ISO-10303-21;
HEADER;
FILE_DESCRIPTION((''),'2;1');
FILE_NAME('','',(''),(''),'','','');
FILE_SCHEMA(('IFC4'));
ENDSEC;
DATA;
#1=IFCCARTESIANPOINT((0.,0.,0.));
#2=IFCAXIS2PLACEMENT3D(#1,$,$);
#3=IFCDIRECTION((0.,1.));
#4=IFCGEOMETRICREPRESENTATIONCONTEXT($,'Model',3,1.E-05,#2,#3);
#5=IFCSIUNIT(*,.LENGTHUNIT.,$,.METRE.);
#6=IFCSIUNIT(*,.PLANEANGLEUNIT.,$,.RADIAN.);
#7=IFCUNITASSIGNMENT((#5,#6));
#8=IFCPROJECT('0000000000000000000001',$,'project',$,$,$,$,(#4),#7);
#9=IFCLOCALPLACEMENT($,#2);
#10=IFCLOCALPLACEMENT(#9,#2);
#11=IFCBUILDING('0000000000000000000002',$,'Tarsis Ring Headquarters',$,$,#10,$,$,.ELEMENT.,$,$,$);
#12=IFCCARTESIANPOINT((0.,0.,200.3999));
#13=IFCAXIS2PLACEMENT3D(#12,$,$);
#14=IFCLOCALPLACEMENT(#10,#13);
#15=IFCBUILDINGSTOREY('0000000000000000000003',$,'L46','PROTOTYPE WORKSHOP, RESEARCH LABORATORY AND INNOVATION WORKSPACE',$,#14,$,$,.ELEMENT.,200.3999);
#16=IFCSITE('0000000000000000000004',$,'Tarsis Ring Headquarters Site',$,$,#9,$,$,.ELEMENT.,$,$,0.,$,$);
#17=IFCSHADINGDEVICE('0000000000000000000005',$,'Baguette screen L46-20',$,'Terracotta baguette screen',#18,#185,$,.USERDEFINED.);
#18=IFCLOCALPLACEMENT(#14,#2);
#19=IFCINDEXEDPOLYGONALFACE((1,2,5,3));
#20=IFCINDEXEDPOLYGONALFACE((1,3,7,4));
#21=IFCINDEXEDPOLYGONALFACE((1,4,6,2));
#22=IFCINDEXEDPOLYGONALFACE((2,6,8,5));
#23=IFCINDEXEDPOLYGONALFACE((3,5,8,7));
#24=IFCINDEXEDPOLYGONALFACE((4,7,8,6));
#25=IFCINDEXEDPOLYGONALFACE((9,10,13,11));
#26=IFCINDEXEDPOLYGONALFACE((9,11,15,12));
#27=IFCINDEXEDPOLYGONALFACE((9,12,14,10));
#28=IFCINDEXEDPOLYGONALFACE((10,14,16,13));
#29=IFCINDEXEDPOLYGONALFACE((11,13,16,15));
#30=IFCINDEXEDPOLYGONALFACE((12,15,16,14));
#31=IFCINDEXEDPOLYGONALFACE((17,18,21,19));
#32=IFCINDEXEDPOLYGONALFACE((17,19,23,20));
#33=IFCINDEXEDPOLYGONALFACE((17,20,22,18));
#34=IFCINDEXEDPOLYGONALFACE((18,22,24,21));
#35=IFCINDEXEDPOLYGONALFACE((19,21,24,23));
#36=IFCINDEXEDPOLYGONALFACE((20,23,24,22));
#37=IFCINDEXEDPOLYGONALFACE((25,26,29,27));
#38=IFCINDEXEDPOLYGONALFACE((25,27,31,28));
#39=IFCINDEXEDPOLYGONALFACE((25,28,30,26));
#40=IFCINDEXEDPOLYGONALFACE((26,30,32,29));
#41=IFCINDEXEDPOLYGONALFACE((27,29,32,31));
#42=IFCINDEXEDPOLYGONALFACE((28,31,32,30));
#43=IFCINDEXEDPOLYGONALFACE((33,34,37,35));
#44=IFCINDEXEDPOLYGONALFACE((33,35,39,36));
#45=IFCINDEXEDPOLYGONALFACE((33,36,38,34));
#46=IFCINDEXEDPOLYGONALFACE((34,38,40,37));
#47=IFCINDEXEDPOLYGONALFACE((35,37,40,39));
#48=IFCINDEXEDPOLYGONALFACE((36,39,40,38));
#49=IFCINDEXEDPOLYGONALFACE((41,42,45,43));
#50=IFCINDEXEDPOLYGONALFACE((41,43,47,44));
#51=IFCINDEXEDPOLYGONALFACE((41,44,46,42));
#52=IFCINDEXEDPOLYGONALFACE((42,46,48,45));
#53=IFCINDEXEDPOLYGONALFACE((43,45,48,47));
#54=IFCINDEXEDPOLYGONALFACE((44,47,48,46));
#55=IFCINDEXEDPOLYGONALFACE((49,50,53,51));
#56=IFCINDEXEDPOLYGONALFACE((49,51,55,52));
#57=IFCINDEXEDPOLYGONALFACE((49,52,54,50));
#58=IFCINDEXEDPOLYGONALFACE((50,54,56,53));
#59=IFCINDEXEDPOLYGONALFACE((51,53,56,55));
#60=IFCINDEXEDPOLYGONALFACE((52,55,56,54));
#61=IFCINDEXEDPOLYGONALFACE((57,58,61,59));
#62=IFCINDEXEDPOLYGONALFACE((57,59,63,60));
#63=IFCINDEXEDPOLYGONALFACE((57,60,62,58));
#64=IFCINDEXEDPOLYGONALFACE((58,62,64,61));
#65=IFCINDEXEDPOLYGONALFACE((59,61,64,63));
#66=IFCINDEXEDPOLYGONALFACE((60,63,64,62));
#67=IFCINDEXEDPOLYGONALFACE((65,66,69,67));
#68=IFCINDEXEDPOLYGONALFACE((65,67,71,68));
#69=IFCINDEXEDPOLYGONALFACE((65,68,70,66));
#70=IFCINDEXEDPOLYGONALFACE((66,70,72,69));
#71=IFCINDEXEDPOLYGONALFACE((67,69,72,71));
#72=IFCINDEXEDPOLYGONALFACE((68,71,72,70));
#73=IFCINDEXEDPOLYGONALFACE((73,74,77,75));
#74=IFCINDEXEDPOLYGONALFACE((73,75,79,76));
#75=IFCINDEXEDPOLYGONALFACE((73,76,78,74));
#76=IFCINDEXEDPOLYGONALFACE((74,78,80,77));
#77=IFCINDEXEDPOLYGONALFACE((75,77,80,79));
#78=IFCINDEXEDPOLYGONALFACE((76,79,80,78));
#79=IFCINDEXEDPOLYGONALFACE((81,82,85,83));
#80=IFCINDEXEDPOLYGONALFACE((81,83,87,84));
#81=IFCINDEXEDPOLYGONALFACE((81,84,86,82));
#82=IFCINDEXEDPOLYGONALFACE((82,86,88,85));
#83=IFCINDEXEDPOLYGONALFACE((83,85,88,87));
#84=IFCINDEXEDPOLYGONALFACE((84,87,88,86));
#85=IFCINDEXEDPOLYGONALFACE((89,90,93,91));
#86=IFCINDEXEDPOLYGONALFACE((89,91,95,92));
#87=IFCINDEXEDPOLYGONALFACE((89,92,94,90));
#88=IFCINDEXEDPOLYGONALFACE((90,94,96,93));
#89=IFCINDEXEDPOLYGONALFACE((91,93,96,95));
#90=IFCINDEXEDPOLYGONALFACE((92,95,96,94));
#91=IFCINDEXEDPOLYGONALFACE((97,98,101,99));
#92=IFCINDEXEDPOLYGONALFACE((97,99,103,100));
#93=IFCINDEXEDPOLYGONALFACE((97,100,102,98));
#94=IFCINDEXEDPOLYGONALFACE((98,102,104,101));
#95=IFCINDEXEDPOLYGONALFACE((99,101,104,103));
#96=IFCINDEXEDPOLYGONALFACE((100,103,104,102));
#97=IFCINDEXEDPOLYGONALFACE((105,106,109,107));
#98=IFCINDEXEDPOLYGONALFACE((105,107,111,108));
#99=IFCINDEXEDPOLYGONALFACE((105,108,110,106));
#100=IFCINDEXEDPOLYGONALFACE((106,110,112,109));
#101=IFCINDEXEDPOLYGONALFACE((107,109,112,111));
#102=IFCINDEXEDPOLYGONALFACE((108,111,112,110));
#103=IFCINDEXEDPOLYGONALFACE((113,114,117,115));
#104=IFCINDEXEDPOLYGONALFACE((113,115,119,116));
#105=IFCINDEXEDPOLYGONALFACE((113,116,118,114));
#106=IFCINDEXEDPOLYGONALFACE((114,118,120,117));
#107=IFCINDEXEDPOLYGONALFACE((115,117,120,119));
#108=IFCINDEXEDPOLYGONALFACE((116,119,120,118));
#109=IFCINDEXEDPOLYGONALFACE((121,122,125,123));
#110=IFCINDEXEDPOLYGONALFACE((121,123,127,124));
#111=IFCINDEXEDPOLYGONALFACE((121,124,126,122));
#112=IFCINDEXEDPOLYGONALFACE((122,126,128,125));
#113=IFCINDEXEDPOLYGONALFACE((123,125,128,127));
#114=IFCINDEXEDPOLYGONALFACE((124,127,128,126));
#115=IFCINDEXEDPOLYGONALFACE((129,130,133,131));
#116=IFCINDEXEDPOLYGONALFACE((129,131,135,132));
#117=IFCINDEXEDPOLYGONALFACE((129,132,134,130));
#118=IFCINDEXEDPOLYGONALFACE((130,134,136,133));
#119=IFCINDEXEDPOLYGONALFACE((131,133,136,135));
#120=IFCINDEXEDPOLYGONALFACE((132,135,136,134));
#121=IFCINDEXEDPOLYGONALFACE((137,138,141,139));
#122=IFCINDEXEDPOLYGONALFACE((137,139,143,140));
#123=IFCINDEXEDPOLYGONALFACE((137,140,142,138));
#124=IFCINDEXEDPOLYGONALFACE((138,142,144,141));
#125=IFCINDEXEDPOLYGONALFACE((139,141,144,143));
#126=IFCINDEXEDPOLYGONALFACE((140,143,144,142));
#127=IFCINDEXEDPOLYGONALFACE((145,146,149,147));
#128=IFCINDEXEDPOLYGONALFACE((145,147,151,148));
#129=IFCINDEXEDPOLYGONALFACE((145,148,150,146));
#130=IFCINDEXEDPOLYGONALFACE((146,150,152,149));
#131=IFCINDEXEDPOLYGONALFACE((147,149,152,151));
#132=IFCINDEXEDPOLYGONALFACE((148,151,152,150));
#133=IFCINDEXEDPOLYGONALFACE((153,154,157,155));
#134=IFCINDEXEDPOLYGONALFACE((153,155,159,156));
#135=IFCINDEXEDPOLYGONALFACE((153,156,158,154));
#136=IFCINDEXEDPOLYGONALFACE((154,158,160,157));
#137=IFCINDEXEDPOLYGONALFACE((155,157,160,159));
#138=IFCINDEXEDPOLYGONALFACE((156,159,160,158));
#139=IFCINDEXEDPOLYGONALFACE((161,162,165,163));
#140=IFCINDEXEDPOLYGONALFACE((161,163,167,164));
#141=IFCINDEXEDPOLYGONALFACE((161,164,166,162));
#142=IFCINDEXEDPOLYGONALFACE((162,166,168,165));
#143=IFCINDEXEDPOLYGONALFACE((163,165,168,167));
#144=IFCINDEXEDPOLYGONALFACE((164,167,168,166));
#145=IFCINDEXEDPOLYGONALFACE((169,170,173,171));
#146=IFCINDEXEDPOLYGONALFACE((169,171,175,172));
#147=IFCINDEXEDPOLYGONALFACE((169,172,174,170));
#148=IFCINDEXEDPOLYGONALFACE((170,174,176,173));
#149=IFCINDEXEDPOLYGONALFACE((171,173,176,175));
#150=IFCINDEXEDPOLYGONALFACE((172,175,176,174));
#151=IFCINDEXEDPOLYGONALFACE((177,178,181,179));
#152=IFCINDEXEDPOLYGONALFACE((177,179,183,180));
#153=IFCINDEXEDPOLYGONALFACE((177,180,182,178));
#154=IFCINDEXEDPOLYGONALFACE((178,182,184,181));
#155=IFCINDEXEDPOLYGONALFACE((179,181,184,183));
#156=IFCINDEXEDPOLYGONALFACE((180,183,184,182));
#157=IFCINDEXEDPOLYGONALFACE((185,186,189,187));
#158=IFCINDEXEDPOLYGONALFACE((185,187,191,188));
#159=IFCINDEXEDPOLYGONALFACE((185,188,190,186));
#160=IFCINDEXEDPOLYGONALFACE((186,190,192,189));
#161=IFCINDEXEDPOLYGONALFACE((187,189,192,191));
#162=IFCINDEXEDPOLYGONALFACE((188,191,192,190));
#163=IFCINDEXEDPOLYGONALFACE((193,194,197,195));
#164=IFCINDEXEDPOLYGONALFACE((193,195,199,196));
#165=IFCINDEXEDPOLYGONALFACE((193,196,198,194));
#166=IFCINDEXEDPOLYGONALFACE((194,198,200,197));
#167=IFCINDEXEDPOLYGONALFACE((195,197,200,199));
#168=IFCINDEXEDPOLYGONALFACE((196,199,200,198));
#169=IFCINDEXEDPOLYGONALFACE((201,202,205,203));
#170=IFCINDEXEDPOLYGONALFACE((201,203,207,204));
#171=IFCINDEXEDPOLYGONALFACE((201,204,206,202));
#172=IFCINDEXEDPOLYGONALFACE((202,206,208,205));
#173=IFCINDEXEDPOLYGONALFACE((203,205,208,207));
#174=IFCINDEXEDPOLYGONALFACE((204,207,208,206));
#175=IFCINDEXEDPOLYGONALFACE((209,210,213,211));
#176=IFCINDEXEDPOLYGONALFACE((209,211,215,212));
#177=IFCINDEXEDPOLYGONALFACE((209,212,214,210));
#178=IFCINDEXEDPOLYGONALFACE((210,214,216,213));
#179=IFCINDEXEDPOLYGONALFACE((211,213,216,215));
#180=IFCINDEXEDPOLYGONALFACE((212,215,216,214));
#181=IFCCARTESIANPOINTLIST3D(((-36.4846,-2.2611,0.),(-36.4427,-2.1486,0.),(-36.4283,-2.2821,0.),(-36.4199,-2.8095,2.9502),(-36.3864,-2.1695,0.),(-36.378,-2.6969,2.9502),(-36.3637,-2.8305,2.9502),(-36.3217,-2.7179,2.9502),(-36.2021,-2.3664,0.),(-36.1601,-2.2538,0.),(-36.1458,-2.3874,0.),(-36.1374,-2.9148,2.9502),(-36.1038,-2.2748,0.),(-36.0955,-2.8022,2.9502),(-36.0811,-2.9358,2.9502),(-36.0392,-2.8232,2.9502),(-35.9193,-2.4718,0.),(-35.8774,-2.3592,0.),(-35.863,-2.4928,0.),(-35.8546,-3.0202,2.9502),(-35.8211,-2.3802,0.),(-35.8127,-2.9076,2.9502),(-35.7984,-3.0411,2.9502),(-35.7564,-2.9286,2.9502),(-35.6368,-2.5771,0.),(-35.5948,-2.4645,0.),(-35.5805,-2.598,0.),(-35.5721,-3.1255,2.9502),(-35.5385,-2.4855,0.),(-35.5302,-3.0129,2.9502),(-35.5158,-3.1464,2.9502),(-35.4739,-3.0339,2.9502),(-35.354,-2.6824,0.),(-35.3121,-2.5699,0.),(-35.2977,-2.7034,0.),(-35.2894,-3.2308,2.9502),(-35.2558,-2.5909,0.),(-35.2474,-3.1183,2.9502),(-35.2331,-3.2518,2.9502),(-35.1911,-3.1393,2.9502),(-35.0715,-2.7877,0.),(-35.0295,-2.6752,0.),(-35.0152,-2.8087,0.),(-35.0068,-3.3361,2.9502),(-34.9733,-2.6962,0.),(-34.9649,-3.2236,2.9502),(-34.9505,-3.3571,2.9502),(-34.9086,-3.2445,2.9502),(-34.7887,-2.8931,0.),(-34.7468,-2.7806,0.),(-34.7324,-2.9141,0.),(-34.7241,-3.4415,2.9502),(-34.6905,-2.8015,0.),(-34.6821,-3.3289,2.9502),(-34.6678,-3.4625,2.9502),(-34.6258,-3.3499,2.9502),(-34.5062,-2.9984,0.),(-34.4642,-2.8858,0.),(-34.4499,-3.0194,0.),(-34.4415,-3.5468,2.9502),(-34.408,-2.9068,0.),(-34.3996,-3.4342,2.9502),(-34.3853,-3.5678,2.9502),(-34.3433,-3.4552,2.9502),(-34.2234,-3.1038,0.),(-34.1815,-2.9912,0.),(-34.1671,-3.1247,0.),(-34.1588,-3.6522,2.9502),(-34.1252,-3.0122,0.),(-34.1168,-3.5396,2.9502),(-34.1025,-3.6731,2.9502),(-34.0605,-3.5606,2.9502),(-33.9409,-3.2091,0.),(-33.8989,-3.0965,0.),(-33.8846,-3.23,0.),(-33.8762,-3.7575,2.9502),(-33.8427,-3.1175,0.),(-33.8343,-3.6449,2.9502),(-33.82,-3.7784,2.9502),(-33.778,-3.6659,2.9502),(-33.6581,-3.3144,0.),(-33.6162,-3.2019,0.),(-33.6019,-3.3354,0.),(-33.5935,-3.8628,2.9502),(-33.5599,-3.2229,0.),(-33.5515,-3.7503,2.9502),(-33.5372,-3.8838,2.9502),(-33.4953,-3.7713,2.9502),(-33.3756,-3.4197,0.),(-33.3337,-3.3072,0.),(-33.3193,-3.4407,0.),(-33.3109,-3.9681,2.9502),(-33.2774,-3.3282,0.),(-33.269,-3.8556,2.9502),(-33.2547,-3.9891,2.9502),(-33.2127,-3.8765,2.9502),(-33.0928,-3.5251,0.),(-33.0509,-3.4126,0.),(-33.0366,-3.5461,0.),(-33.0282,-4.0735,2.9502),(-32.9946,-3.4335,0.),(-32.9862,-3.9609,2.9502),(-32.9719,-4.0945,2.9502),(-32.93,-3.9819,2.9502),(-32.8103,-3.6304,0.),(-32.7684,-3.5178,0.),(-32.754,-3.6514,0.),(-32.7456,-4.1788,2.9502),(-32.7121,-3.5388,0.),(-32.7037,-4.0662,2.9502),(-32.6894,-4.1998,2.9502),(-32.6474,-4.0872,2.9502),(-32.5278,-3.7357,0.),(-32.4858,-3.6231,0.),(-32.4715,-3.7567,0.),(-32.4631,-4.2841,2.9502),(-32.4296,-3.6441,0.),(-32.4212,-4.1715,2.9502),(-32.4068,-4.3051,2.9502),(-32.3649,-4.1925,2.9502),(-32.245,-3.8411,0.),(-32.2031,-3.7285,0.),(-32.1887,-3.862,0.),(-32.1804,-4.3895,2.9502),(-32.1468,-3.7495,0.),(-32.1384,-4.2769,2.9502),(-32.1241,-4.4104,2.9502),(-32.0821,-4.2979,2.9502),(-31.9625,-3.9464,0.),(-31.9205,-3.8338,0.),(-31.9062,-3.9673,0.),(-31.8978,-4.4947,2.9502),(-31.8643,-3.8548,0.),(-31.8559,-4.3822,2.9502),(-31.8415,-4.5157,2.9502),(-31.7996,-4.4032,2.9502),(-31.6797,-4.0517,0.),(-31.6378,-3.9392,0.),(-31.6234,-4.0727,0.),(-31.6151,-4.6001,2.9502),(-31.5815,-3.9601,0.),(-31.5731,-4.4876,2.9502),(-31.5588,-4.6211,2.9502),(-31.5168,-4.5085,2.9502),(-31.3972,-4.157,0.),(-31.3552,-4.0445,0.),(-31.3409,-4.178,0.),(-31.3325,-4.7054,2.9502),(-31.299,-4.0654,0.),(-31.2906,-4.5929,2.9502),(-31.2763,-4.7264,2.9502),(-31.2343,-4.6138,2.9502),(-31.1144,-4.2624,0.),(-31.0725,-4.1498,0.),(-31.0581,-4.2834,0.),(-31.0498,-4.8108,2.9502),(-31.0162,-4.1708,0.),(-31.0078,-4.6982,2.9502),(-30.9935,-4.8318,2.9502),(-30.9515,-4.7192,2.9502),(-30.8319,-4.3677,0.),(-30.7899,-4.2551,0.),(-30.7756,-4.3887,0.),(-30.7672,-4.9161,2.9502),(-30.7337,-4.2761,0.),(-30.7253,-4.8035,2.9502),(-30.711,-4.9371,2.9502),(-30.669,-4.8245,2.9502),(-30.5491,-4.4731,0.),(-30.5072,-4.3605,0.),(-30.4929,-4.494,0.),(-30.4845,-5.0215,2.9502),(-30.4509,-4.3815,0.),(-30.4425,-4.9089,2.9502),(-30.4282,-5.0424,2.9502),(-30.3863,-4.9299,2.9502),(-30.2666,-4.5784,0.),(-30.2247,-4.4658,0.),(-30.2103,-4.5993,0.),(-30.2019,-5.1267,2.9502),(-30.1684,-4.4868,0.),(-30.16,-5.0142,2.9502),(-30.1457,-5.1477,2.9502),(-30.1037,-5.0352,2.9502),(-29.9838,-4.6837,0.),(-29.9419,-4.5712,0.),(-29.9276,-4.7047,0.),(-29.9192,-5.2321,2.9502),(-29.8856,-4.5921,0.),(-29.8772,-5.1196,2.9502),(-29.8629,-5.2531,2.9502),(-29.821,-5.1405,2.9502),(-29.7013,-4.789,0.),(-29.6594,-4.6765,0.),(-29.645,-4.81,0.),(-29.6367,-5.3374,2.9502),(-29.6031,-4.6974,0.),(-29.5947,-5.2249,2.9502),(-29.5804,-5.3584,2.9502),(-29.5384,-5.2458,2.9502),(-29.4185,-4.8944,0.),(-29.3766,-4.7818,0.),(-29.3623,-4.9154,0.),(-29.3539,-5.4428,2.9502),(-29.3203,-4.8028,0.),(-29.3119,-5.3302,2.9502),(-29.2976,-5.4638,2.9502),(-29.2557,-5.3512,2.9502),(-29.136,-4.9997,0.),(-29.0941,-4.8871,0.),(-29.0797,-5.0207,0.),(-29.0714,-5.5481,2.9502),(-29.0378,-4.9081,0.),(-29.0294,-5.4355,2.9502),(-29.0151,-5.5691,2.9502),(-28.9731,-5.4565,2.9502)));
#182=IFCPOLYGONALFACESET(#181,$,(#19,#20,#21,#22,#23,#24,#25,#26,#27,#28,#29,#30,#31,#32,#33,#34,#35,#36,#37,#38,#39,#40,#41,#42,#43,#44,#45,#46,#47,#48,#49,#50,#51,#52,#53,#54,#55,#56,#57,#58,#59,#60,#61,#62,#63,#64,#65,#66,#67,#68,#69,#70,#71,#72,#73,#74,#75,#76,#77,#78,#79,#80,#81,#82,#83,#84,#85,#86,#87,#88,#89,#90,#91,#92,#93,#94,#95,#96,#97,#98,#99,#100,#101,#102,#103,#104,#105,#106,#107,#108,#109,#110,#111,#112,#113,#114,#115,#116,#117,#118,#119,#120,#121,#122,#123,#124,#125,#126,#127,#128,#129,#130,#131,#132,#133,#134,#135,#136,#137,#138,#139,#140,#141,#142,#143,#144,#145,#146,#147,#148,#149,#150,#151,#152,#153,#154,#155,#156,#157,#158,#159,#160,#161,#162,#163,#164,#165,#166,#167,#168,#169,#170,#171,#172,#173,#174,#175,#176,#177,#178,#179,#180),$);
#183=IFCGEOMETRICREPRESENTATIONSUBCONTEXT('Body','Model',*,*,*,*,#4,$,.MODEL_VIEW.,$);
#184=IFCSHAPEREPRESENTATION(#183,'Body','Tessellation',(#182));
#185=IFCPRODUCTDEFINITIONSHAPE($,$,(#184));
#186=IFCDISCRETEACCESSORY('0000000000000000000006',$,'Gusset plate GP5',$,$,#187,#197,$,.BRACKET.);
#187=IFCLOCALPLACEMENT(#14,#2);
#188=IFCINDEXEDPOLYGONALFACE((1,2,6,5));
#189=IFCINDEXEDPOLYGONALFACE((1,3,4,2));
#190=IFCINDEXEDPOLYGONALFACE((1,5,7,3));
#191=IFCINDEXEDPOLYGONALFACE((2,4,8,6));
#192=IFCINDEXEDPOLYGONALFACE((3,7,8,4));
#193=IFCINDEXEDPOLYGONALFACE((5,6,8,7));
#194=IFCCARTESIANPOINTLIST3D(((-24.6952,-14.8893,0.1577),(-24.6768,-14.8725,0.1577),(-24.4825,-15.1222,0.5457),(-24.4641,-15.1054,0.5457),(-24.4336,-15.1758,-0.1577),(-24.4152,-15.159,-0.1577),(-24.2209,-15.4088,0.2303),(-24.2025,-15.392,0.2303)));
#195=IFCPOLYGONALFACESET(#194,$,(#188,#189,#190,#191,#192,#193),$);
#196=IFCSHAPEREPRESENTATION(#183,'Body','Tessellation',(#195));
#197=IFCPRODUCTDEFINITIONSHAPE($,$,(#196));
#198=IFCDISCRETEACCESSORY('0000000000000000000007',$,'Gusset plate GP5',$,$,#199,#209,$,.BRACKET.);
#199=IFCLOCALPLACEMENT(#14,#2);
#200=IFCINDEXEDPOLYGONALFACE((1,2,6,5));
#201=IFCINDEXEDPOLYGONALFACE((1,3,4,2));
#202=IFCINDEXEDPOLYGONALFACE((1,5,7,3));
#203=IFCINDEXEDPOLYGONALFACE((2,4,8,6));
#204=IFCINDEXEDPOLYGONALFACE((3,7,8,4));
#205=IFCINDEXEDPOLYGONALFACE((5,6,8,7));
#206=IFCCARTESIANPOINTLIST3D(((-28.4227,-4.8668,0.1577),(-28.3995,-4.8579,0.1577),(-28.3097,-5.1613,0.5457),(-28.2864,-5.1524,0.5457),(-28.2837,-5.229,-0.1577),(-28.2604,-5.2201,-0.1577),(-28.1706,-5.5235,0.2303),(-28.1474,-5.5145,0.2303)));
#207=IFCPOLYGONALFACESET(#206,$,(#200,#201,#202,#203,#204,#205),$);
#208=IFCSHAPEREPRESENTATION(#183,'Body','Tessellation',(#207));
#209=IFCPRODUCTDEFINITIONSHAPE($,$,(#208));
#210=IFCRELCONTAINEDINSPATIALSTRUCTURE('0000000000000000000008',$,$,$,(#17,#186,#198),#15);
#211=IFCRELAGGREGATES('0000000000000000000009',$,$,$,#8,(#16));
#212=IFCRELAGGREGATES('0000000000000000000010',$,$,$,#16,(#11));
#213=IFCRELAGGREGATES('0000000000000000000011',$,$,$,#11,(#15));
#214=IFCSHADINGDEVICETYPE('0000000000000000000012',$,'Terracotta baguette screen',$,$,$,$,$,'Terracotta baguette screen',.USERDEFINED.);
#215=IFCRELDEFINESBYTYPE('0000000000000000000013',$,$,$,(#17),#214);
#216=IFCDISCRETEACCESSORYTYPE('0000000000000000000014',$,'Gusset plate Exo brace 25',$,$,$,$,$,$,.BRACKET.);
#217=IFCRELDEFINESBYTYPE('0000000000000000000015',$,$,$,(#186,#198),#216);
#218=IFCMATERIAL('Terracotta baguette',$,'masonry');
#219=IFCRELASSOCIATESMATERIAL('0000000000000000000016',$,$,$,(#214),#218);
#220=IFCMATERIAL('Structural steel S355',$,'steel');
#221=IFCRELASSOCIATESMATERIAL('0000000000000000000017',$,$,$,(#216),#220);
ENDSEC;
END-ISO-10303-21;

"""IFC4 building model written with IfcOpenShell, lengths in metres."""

from ifc_helpers import new_model, si_unit, direction, frame, frame_2d, origin, origin_2d, place, context, subcontext, project, spatial, rectangle, composite_profile, extrude, material, material_profile, profile_set, type_object, element, save


model = new_model("IFC4")

# Units and contexts
model_context = context("Model", 3, precision=1e-05, world=origin(), true_north=direction((0.0, 1.0)))
body_context = subcontext(model_context, "Body", "Model", "MODEL_VIEW")
ifc_project = project(units=[si_unit("LENGTHUNIT", "METRE"), si_unit("PLANEANGLEUNIT", "RADIAN")], contexts=[model_context])

# Site, building, storey
site_placement = place(None, origin())
site = spatial("IfcSite", under=ifc_project, at=site_placement, Name="Tarsis Ring Headquarters Site", CompositionType="ELEMENT", RefElevation=0.0)
building_placement = place(site_placement, origin())
building = spatial("IfcBuilding", under=site, at=building_placement, Name="Tarsis Ring Headquarters", CompositionType="ELEMENT")
storey_placement = place(building_placement, frame((0.0, 0.0, 200.3999)))
storey = spatial("IfcBuildingStorey", under=building, at=storey_placement, Name="L46", Description="PROTOTYPE WORKSHOP, RESEARCH LABORATORY AND INNOVATION WORKSPACE", CompositionType="ELEMENT", Elevation=200.3999)

# Shared definitions
ifc_material_1 = material(Name="Structural steel S355", Category="steel")

# Shading device
ifc_material_2 = material(Name="Terracotta baguette", Category="masonry")
shading_device_type = type_object("IfcShadingDeviceType", Name="Terracotta baguette screen", ElementType="Terracotta baguette screen", PredefinedType="USERDEFINED", material=ifc_material_2)
shading_device_1_placement = place(storey_placement, frame((-36.4636, -2.2048, 0.0), z_axis=(0.0, 0.0, 1.0), x_axis=(0.937037, -0.349203, 0.0)))
element("IfcShadingDevice", 1, at=shading_device_1_placement, inside=storey, type_object=shading_device_type, Name="Baguette screen L46-20", ObjectType="Terracotta baguette screen", PredefinedType="USERDEFINED", context=body_context, shape_type="SweptSolid", body=[
    extrude(composite_profile([rectangle(XDim=0.0601, YDim=0.1201, at=frame_2d((0.03, 0.0))), rectangle(XDim=0.0601, YDim=0.1201, at=frame_2d((0.3315, 0.0))), rectangle(XDim=0.0601, YDim=0.1201, at=frame_2d((0.6333, 0.0))), rectangle(XDim=0.0601, YDim=0.1201, at=frame_2d((0.9348, 0.0))), rectangle(XDim=0.0601, YDim=0.1201, at=frame_2d((1.2366, 0.0))), rectangle(XDim=0.0601, YDim=0.1201, at=frame_2d((1.5381, 0.0))), rectangle(XDim=0.0601, YDim=0.1201, at=frame_2d((1.8398, 0.0))), rectangle(XDim=0.0601, YDim=0.1201, at=frame_2d((2.1414, 0.0))), rectangle(XDim=0.0601, YDim=0.1201, at=frame_2d((2.4431, 0.0))), rectangle(XDim=0.0601, YDim=0.1201, at=frame_2d((2.7446, 0.0))), rectangle(XDim=0.0601, YDim=0.1201, at=frame_2d((3.0464, 0.0))), rectangle(XDim=0.0601, YDim=0.1201, at=frame_2d((3.3479, 0.0))), rectangle(XDim=0.0601, YDim=0.1201, at=frame_2d((3.6497, 0.0))), rectangle(XDim=0.0601, YDim=0.1201, at=frame_2d((3.9512, 0.0))), rectangle(XDim=0.0601, YDim=0.1201, at=frame_2d((4.2527, 0.0))), rectangle(XDim=0.0601, YDim=0.1201, at=frame_2d((4.5544, 0.0))), rectangle(XDim=0.0601, YDim=0.1201, at=frame_2d((4.856, 0.0))), rectangle(XDim=0.0601, YDim=0.1201, at=frame_2d((5.1577, 0.0))), rectangle(XDim=0.0601, YDim=0.1201, at=frame_2d((5.4592, 0.0))), rectangle(XDim=0.0601, YDim=0.1201, at=frame_2d((5.761, 0.0))), rectangle(XDim=0.0601, YDim=0.1201, at=frame_2d((6.0625, 0.0))), rectangle(XDim=0.0601, YDim=0.1201, at=frame_2d((6.3643, 0.0))), rectangle(XDim=0.0601, YDim=0.1201, at=frame_2d((6.6658, 0.0))), rectangle(XDim=0.0601, YDim=0.1201, at=frame_2d((6.9675, 0.0))), rectangle(XDim=0.0601, YDim=0.1201, at=frame_2d((7.269, 0.0))), rectangle(XDim=0.0601, YDim=0.1201, at=frame_2d((7.5708, 0.0))), rectangle(XDim=0.0601, YDim=0.1201, at=frame_2d((7.8723, 0.0)))]), origin(), (0.083988, -0.163684, 0.982931), 3.0015),
])

# Discrete accessories
ifc_material_profile_1 = material_profile(ifc_material_1, rectangle(XDim=0.0249, YDim=0.5, at=origin_2d()), Name="PL 25x500")
ifc_profile_set_1 = profile_set([ifc_material_profile_1], Name="Structural steel S355")
discrete_accessory_type = type_object("IfcDiscreteAccessoryType", Name="Gusset plate Exo brace 25", PredefinedType="BRACKET", material=ifc_profile_set_1)
for number, where, z_axis, x_axis, name in (
    (2, (-24.5552, -15.0242, 0.0), (0.425325, -0.465855, 0.775937), (0.738502, 0.674251, 0.0), "Gusset plate GP5"),
    (3, (-28.3416, -5.0435, 0.0), (0.22609, -0.588908, 0.775932), (0.933565, 0.358408, 0.0), "Gusset plate GP5"),
):
    element("IfcDiscreteAccessory", number, at=place(storey_placement, frame(where, z_axis=z_axis, x_axis=x_axis)), inside=storey, type_object=discrete_accessory_type, Name=name, PredefinedType="BRACKET", context=body_context, shape_type="SweptSolid", body=[
        extrude(rectangle(XDim=0.0249, YDim=0.5, at=origin_2d()), origin(), (0.0, 0.0, 1.0), 0.5),
    ])

save(model, "model.ifc")
